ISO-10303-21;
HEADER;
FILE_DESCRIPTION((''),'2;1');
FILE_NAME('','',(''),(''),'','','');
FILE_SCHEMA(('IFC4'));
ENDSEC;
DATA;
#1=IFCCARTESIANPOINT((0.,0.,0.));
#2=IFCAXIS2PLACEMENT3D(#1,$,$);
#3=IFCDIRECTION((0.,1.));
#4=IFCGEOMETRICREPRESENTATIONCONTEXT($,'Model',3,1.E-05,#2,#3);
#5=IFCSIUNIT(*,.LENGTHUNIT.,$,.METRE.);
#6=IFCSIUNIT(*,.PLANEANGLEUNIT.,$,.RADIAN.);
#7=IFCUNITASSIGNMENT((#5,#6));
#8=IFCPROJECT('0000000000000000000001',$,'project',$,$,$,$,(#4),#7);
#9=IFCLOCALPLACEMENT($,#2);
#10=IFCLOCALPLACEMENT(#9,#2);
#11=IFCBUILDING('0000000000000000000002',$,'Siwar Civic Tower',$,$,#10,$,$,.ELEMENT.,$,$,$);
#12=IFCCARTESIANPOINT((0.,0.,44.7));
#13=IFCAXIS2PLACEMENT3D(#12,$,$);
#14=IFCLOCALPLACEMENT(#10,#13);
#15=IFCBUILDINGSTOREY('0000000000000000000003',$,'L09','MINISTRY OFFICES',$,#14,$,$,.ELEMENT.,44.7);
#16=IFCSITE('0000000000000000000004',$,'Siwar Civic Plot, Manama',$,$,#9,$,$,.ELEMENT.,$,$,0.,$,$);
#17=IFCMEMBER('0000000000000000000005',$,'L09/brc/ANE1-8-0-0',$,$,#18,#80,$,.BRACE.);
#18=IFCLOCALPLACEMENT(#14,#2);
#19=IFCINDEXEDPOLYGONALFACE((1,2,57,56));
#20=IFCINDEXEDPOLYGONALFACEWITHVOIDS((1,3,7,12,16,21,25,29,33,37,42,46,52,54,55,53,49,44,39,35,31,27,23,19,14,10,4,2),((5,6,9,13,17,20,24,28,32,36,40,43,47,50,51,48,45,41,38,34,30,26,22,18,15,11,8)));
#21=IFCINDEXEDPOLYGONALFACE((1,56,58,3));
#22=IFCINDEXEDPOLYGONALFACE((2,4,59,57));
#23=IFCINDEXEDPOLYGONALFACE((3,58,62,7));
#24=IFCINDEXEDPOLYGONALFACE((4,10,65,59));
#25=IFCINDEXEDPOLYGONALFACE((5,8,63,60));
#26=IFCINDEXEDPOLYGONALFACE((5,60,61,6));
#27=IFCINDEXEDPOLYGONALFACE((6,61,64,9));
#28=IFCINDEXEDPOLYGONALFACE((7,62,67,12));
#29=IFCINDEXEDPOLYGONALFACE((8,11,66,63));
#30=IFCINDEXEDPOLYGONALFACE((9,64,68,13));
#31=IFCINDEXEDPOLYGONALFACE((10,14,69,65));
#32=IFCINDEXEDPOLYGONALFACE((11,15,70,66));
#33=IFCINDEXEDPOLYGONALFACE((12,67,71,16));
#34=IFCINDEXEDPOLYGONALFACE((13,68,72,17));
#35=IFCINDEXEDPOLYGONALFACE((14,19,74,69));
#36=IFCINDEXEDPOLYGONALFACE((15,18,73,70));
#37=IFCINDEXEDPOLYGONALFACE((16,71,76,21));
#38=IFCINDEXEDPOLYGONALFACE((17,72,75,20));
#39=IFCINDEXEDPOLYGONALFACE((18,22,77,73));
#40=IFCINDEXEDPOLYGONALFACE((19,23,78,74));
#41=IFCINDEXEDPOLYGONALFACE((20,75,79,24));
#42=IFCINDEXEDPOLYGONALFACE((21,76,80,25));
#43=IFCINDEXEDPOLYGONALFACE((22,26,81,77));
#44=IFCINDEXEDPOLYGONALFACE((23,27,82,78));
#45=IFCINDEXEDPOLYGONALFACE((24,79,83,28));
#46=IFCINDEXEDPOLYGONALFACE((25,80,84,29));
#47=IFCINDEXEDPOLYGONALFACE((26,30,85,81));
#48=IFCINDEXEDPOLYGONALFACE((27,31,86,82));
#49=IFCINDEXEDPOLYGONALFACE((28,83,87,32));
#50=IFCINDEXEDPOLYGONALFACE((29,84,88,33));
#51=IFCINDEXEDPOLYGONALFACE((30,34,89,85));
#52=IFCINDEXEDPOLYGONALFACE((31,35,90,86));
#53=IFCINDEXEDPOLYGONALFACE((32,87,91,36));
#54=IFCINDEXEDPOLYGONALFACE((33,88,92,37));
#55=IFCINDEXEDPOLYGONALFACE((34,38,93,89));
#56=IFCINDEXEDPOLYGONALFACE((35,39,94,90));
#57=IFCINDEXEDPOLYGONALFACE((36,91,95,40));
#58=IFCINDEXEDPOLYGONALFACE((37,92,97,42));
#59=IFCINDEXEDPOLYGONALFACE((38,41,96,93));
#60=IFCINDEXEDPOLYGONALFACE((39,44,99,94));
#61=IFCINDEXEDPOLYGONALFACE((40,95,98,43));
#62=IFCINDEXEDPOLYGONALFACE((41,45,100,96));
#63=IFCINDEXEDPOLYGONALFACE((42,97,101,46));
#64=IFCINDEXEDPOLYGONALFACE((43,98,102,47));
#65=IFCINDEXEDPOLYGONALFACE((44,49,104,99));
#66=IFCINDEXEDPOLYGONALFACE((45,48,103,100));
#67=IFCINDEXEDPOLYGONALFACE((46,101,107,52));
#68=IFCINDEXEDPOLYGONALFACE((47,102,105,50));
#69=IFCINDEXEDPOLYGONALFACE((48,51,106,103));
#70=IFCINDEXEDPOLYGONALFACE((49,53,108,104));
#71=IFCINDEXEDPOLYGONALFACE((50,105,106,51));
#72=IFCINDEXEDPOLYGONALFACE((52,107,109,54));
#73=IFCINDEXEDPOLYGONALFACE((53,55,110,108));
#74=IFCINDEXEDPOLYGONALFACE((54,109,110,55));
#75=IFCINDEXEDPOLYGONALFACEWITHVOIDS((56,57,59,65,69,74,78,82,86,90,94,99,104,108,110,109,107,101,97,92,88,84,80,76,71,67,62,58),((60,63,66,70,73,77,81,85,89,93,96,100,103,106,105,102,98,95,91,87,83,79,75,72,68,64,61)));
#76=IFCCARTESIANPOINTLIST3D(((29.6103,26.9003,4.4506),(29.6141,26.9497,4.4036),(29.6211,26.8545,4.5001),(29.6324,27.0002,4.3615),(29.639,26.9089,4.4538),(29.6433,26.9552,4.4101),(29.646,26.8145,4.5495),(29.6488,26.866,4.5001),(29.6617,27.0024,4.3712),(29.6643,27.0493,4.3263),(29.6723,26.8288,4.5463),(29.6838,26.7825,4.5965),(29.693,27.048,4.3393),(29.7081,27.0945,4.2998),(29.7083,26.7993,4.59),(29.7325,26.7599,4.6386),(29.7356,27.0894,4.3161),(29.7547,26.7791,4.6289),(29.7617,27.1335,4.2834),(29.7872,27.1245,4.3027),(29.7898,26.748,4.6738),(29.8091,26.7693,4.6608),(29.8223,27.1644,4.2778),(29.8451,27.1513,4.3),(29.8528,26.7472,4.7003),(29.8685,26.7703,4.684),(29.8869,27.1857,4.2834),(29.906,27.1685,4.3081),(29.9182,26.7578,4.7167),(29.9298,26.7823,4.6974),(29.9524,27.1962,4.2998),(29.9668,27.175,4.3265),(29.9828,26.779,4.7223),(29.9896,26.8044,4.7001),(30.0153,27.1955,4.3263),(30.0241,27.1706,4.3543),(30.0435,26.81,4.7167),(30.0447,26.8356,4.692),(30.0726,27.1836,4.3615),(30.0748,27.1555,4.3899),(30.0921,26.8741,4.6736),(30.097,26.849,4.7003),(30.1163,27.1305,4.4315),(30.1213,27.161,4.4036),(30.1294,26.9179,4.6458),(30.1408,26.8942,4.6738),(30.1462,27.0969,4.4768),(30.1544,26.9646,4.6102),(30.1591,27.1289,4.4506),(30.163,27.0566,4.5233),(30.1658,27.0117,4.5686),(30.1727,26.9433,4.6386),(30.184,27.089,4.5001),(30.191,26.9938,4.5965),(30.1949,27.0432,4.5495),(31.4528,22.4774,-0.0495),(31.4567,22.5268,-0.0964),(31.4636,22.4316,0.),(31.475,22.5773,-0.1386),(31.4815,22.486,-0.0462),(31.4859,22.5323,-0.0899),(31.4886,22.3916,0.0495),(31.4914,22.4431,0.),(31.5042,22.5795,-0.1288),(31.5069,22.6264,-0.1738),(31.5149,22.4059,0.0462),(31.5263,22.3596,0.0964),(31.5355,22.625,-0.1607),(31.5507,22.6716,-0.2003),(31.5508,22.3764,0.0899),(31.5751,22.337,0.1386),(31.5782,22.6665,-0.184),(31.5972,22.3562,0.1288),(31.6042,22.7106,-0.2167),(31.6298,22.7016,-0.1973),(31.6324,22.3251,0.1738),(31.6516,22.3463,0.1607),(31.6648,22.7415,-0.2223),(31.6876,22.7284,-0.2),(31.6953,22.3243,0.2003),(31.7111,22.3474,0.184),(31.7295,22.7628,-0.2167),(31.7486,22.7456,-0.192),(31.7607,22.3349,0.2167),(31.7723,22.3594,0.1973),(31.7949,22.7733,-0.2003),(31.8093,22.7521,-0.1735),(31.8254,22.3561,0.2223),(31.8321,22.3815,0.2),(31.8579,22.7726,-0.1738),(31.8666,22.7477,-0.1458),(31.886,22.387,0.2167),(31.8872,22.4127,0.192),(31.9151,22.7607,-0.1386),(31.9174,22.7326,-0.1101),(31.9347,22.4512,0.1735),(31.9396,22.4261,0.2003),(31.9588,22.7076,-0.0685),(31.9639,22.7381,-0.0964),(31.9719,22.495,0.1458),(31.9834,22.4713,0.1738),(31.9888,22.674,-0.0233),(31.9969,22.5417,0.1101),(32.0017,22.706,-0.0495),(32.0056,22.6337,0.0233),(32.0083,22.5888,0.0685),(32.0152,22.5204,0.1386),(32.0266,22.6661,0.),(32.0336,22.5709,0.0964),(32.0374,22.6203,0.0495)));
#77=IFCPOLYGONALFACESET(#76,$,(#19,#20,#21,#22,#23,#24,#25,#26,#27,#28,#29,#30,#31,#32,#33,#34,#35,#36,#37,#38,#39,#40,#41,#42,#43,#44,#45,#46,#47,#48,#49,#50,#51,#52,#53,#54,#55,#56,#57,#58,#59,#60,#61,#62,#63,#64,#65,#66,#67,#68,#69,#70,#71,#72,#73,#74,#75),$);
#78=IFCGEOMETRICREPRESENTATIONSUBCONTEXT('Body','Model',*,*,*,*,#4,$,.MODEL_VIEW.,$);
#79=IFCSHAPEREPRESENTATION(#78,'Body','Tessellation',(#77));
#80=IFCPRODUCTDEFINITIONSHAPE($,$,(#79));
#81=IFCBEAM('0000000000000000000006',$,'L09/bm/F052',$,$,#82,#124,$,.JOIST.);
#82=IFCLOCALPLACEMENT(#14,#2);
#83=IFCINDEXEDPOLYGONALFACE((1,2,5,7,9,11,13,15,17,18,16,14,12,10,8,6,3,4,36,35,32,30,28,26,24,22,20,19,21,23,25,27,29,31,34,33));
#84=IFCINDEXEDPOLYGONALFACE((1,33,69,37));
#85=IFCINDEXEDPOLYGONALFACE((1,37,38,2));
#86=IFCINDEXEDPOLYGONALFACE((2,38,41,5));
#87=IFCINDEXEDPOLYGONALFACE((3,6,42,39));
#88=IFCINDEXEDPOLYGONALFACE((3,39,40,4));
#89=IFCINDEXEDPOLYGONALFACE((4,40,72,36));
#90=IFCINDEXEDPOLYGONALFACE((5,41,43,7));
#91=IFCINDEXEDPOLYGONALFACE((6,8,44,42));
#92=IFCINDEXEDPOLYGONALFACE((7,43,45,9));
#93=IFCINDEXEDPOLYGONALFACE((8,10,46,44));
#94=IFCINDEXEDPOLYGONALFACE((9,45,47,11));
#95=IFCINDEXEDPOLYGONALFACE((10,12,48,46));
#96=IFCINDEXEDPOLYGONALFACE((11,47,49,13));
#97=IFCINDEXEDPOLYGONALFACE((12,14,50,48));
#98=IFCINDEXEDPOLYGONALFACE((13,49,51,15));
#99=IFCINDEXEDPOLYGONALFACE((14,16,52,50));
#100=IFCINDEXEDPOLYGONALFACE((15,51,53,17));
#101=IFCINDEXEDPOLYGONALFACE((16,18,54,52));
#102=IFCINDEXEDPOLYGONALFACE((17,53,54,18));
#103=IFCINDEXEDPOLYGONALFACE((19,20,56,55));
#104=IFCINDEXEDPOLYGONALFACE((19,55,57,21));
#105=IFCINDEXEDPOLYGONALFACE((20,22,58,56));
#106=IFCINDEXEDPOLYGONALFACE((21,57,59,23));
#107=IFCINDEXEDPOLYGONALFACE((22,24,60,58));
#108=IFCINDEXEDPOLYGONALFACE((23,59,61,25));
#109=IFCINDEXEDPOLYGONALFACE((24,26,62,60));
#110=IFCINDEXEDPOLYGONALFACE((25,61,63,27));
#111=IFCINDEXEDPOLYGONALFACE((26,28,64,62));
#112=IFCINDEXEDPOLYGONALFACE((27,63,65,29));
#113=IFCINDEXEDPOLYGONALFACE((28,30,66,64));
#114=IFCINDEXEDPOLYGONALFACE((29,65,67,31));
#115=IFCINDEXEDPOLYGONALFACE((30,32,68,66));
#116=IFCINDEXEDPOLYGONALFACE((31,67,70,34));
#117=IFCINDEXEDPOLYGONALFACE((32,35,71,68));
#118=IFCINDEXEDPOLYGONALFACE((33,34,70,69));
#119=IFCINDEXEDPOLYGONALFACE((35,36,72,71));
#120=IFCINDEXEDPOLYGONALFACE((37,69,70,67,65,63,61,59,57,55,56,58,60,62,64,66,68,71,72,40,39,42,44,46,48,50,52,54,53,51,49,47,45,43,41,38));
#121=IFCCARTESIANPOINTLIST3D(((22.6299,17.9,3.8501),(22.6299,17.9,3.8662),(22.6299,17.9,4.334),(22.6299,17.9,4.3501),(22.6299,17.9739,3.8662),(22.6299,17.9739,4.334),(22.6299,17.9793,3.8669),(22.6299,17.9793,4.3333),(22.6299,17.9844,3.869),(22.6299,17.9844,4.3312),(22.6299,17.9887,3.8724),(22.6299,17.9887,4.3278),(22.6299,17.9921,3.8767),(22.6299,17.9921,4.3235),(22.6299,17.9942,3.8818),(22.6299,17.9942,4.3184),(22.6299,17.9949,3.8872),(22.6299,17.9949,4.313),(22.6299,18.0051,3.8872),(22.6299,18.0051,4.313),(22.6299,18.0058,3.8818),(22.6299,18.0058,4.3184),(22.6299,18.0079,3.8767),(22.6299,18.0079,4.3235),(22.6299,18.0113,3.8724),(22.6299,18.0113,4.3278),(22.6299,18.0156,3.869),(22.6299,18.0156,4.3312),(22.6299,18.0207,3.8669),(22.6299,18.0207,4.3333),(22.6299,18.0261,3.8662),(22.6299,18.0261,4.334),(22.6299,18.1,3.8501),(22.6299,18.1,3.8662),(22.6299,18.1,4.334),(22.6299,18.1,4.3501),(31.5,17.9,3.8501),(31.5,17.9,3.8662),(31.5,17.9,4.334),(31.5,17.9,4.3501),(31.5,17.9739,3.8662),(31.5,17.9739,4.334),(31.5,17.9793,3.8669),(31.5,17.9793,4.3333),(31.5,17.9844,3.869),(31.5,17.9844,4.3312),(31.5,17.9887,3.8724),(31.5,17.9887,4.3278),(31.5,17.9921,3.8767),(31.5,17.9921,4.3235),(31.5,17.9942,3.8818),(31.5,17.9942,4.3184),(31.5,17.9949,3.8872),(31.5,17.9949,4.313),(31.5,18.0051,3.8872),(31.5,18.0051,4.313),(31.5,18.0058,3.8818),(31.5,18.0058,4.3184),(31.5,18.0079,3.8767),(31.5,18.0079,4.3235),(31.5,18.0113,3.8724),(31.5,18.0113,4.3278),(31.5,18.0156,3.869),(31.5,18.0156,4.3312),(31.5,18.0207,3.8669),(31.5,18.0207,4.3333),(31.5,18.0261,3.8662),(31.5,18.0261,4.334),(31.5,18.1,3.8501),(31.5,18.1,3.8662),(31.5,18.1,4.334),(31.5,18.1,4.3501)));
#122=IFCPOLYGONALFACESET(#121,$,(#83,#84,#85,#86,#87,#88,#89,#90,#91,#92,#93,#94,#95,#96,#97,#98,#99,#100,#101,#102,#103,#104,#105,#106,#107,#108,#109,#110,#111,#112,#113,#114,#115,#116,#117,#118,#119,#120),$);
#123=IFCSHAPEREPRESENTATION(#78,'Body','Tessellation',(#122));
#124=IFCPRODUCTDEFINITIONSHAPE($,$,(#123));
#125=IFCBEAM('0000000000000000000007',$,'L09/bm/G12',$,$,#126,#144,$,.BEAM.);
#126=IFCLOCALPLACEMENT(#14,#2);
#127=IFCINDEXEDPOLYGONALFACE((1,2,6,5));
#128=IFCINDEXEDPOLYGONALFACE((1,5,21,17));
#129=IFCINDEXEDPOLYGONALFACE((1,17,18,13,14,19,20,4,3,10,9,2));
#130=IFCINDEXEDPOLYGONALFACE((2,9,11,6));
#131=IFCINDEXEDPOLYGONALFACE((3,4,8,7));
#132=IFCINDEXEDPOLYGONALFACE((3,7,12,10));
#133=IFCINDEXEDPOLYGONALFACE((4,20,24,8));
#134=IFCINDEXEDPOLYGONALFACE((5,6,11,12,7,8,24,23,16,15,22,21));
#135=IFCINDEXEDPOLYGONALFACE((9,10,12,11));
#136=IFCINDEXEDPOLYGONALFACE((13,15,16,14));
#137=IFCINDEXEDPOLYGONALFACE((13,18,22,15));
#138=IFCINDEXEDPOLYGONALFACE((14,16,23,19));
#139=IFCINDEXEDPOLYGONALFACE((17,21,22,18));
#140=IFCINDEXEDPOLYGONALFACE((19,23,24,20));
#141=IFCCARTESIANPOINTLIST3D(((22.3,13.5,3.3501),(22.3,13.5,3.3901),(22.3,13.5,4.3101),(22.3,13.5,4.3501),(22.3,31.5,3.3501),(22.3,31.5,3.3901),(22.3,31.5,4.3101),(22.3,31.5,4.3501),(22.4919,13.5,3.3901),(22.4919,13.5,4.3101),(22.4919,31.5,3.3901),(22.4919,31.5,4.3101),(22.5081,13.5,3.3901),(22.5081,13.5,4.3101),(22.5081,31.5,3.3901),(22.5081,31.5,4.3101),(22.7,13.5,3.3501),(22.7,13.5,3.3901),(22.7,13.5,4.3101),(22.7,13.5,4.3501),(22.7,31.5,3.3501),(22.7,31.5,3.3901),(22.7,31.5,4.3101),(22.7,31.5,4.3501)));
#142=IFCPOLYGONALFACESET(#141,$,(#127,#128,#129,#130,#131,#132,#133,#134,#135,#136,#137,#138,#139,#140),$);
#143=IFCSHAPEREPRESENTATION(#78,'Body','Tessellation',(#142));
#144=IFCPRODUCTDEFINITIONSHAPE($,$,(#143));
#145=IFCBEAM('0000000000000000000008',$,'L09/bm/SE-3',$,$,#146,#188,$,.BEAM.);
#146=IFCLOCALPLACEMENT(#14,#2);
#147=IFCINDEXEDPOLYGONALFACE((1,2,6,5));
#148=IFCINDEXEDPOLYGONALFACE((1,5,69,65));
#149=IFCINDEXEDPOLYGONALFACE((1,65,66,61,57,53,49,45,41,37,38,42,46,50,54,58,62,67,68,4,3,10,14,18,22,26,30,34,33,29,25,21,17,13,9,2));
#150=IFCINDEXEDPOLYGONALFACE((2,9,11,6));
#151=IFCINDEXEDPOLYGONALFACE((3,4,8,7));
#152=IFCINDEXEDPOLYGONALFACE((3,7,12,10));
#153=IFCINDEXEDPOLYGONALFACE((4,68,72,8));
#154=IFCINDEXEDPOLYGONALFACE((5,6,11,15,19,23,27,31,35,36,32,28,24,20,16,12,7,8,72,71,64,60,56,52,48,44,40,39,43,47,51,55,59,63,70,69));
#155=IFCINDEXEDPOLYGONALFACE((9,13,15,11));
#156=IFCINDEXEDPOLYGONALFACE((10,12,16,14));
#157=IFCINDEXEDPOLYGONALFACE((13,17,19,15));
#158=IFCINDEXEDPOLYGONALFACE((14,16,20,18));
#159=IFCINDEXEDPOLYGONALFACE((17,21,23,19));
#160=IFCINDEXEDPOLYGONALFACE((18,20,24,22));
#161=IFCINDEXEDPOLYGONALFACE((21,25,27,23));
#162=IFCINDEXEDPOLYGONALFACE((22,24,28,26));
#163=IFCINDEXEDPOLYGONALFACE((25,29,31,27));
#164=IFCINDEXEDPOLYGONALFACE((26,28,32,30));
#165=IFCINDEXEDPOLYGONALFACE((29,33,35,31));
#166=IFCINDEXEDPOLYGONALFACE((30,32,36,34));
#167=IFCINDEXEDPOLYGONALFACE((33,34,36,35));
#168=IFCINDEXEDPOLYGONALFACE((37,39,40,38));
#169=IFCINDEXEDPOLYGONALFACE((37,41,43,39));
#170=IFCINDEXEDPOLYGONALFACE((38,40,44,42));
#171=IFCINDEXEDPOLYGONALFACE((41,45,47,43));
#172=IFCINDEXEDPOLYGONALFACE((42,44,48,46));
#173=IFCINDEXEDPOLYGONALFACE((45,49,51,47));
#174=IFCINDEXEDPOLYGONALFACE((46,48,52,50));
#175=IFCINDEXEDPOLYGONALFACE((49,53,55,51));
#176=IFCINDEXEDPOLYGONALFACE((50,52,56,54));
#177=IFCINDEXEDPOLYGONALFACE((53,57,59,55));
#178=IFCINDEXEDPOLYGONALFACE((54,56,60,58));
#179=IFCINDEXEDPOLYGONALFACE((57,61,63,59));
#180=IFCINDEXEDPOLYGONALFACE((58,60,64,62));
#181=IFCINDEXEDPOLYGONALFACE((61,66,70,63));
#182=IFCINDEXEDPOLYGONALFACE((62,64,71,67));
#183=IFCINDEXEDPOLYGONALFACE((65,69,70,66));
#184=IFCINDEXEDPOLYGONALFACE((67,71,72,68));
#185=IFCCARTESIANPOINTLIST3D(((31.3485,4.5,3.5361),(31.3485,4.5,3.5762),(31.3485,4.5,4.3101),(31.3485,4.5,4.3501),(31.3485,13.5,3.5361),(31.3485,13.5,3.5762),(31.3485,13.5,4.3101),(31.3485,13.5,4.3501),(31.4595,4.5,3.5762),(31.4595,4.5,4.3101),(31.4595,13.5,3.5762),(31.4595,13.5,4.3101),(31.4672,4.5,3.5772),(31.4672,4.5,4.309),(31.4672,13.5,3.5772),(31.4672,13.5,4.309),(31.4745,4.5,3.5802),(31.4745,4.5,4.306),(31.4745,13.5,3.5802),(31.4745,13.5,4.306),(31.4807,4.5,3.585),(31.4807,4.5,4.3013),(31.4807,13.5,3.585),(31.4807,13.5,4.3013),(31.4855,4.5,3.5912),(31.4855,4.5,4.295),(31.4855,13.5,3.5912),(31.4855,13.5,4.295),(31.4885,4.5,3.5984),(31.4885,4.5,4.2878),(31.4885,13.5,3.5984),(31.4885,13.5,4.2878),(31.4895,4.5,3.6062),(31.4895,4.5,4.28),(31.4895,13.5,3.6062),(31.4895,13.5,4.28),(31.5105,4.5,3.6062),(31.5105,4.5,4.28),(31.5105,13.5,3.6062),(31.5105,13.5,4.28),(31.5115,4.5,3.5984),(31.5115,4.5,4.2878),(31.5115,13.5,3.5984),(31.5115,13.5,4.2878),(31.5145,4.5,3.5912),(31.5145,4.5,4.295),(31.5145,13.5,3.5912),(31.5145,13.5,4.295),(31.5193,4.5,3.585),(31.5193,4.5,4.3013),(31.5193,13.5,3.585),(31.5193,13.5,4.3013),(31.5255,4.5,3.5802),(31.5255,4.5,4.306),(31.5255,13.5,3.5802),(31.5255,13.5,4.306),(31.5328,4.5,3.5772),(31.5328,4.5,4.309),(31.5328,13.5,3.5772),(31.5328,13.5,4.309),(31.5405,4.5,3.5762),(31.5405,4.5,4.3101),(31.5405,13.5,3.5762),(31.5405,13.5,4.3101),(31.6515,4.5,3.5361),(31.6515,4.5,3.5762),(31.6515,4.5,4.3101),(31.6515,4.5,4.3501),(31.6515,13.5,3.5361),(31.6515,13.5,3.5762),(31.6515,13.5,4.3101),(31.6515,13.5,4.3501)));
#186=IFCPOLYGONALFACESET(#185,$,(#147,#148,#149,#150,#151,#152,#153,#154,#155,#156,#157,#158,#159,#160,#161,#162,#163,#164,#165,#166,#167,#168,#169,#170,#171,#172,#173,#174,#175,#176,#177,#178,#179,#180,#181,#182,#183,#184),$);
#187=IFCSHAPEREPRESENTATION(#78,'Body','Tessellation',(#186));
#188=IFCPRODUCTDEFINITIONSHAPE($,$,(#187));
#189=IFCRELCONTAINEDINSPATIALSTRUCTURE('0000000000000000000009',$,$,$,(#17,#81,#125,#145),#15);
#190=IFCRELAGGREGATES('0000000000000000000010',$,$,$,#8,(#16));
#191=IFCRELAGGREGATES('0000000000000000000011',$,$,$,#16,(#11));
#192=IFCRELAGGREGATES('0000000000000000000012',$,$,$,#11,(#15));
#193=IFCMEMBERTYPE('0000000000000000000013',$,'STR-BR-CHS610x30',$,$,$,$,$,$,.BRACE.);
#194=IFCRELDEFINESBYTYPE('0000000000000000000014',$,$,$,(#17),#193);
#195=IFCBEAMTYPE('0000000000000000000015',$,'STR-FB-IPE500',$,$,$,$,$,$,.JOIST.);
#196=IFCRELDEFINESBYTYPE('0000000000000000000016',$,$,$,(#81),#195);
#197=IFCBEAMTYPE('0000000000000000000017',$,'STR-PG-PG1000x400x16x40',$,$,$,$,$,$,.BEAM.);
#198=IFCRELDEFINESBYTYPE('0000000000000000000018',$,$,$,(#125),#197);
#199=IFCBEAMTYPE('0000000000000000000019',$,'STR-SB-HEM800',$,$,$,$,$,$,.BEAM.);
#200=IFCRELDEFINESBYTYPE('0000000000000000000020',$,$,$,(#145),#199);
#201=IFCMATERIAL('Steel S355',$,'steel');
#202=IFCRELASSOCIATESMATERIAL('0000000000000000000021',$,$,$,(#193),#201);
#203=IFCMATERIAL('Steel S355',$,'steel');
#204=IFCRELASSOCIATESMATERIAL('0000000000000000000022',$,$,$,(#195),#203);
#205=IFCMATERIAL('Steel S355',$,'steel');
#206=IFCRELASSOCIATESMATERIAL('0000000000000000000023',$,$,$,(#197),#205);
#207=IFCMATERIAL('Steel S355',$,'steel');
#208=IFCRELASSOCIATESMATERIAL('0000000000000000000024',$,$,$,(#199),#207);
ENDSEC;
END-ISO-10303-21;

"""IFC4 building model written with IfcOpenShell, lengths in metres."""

from ifc_helpers import new_model, si_unit, direction, frame, origin, origin_2d, place, context, subcontext, project, spatial, hollow_circle, i_section, extrude, material, material_profile, profile_set, type_object, element, save


model = new_model("IFC4")

# Units and contexts
model_context = context("Model", 3, precision=1e-05, world=origin(), true_north=direction((0.0, 1.0)))
body_context = subcontext(model_context, "Body", "Model", "MODEL_VIEW")
ifc_project = project(units=[si_unit("LENGTHUNIT", "METRE"), si_unit("PLANEANGLEUNIT", "RADIAN")], contexts=[model_context])

# Site, building, storey
site_placement = place(None, origin())
site = spatial("IfcSite", under=ifc_project, at=site_placement, Name="Siwar Civic Plot, Manama", CompositionType="ELEMENT", RefElevation=0.0)
building_placement = place(site_placement, origin())
building = spatial("IfcBuilding", under=site, at=building_placement, Name="Siwar Civic Tower", CompositionType="ELEMENT")
storey_placement = place(building_placement, frame((0.0, 0.0, 44.7)))
storey = spatial("IfcBuildingStorey", under=building, at=storey_placement, Name="L09", Description="MINISTRY OFFICES", CompositionType="ELEMENT", Elevation=44.7)

# Member
ifc_material_1 = material(Name="Steel S355", Category="steel")
ifc_material_profile_1 = material_profile(ifc_material_1, hollow_circle(Radius=0.3049, WallThickness=0.03, at=origin_2d()), Name="CHS610x30")
ifc_profile_set_1 = profile_set([ifc_material_profile_1], Name="Steel S355")
member_type_1 = type_object("IfcMemberType", Name="STR-BR-CHS610x30", PredefinedType="BRACE", material=ifc_profile_set_1)
member_1_placement = place(storey_placement, frame((31.7451, 22.5488, 0.0), z_axis=(-0.280311, 0.672865, 0.684601), x_axis=(-0.923101, -0.384557, 0.0)))
element("IfcMember", 1, at=member_1_placement, inside=storey, type_object=member_type_1, Name="L09/brc/ANE1-8-0-0", PredefinedType="BRACE", context=body_context, shape_type="SweptSolid", body=[
    extrude(hollow_circle(Radius=0.3049, WallThickness=0.03, at=origin_2d()), origin(), (0.0, 0.0, 1.0), 6.5732),
])

# Beams
ifc_material_2 = material(Name="Steel S355", Category="steel")
ifc_material_profile_2 = material_profile(ifc_material_2, i_section(OverallWidth=0.2, OverallDepth=0.5, WebThickness=0.0103, FlangeThickness=0.0161, FilletRadius=0.021, at=origin_2d()), Name="IPE500")
ifc_profile_set_2 = profile_set([ifc_material_profile_2], Name="Steel S355")
beam_type_1 = type_object("IfcBeamType", Name="STR-FB-IPE500", PredefinedType="JOIST", material=ifc_profile_set_2)
beam_1_placement = place(storey_placement, frame((22.6299, 18.0, 4.1001), z_axis=(1.0, 0.0, 0.0), x_axis=(0.0, 1.0, 0.0)))
element("IfcBeam", 2, at=beam_1_placement, inside=storey, type_object=beam_type_1, Name="L09/bm/F052", PredefinedType="JOIST", context=body_context, shape_type="SweptSolid", body=[
    extrude(i_section(OverallWidth=0.2, OverallDepth=0.5, WebThickness=0.0103, FlangeThickness=0.0161, FilletRadius=0.021, at=origin_2d()), origin(), (0.0, 0.0, 1.0), 8.8701),
])
ifc_material_3 = material(Name="Steel S355", Category="steel")
ifc_material_profile_3 = material_profile(ifc_material_3, i_section(OverallWidth=0.3999, OverallDepth=1.0, WebThickness=0.0161, FlangeThickness=0.04, at=origin_2d()), Name="PG1000x400x16x40")
ifc_profile_set_3 = profile_set([ifc_material_profile_3], Name="Steel S355")
beam_type_2 = type_object("IfcBeamType", Name="STR-PG-PG1000x400x16x40", PredefinedType="BEAM", material=ifc_profile_set_3)
beam_2_placement = place(storey_placement, frame((22.5, 13.5, 3.8501), z_axis=(0.0, 1.0, 0.0), x_axis=(-1.0, 0.0, 0.0)))
element("IfcBeam", 3, at=beam_2_placement, inside=storey, type_object=beam_type_2, Name="L09/bm/G12", PredefinedType="BEAM", context=body_context, shape_type="SweptSolid", body=[
    extrude(i_section(OverallWidth=0.3999, OverallDepth=1.0, WebThickness=0.0161, FlangeThickness=0.04, at=origin_2d()), origin(), (0.0, 0.0, 1.0), 18.0),
])
ifc_material_4 = material(Name="Steel S355", Category="steel")
ifc_material_profile_4 = material_profile(ifc_material_4, i_section(OverallWidth=0.303, OverallDepth=0.814, WebThickness=0.021, FlangeThickness=0.04, FilletRadius=0.03, at=origin_2d()), Name="HEM800")
ifc_profile_set_4 = profile_set([ifc_material_profile_4], Name="Steel S355")
beam_type_3 = type_object("IfcBeamType", Name="STR-SB-HEM800", PredefinedType="BEAM", material=ifc_profile_set_4)
for number, where, z_axis, x_axis, name in (
    (4, (31.5, 4.5, 3.9431), (0.0, 1.0, 0.0), (-1.0, 0.0, 0.0), "L09/bm/SE-3"),
):
    element("IfcBeam", number, at=place(storey_placement, frame(where, z_axis=z_axis, x_axis=x_axis)), inside=storey, type_object=beam_type_3, Name=name, PredefinedType="BEAM", context=body_context, shape_type="SweptSolid", body=[
        extrude(i_section(OverallWidth=0.303, OverallDepth=0.814, WebThickness=0.021, FlangeThickness=0.04, FilletRadius=0.03, at=origin_2d()), origin(), (0.0, 0.0, 1.0), 9.0),
    ])

save(model, "model.ifc")
